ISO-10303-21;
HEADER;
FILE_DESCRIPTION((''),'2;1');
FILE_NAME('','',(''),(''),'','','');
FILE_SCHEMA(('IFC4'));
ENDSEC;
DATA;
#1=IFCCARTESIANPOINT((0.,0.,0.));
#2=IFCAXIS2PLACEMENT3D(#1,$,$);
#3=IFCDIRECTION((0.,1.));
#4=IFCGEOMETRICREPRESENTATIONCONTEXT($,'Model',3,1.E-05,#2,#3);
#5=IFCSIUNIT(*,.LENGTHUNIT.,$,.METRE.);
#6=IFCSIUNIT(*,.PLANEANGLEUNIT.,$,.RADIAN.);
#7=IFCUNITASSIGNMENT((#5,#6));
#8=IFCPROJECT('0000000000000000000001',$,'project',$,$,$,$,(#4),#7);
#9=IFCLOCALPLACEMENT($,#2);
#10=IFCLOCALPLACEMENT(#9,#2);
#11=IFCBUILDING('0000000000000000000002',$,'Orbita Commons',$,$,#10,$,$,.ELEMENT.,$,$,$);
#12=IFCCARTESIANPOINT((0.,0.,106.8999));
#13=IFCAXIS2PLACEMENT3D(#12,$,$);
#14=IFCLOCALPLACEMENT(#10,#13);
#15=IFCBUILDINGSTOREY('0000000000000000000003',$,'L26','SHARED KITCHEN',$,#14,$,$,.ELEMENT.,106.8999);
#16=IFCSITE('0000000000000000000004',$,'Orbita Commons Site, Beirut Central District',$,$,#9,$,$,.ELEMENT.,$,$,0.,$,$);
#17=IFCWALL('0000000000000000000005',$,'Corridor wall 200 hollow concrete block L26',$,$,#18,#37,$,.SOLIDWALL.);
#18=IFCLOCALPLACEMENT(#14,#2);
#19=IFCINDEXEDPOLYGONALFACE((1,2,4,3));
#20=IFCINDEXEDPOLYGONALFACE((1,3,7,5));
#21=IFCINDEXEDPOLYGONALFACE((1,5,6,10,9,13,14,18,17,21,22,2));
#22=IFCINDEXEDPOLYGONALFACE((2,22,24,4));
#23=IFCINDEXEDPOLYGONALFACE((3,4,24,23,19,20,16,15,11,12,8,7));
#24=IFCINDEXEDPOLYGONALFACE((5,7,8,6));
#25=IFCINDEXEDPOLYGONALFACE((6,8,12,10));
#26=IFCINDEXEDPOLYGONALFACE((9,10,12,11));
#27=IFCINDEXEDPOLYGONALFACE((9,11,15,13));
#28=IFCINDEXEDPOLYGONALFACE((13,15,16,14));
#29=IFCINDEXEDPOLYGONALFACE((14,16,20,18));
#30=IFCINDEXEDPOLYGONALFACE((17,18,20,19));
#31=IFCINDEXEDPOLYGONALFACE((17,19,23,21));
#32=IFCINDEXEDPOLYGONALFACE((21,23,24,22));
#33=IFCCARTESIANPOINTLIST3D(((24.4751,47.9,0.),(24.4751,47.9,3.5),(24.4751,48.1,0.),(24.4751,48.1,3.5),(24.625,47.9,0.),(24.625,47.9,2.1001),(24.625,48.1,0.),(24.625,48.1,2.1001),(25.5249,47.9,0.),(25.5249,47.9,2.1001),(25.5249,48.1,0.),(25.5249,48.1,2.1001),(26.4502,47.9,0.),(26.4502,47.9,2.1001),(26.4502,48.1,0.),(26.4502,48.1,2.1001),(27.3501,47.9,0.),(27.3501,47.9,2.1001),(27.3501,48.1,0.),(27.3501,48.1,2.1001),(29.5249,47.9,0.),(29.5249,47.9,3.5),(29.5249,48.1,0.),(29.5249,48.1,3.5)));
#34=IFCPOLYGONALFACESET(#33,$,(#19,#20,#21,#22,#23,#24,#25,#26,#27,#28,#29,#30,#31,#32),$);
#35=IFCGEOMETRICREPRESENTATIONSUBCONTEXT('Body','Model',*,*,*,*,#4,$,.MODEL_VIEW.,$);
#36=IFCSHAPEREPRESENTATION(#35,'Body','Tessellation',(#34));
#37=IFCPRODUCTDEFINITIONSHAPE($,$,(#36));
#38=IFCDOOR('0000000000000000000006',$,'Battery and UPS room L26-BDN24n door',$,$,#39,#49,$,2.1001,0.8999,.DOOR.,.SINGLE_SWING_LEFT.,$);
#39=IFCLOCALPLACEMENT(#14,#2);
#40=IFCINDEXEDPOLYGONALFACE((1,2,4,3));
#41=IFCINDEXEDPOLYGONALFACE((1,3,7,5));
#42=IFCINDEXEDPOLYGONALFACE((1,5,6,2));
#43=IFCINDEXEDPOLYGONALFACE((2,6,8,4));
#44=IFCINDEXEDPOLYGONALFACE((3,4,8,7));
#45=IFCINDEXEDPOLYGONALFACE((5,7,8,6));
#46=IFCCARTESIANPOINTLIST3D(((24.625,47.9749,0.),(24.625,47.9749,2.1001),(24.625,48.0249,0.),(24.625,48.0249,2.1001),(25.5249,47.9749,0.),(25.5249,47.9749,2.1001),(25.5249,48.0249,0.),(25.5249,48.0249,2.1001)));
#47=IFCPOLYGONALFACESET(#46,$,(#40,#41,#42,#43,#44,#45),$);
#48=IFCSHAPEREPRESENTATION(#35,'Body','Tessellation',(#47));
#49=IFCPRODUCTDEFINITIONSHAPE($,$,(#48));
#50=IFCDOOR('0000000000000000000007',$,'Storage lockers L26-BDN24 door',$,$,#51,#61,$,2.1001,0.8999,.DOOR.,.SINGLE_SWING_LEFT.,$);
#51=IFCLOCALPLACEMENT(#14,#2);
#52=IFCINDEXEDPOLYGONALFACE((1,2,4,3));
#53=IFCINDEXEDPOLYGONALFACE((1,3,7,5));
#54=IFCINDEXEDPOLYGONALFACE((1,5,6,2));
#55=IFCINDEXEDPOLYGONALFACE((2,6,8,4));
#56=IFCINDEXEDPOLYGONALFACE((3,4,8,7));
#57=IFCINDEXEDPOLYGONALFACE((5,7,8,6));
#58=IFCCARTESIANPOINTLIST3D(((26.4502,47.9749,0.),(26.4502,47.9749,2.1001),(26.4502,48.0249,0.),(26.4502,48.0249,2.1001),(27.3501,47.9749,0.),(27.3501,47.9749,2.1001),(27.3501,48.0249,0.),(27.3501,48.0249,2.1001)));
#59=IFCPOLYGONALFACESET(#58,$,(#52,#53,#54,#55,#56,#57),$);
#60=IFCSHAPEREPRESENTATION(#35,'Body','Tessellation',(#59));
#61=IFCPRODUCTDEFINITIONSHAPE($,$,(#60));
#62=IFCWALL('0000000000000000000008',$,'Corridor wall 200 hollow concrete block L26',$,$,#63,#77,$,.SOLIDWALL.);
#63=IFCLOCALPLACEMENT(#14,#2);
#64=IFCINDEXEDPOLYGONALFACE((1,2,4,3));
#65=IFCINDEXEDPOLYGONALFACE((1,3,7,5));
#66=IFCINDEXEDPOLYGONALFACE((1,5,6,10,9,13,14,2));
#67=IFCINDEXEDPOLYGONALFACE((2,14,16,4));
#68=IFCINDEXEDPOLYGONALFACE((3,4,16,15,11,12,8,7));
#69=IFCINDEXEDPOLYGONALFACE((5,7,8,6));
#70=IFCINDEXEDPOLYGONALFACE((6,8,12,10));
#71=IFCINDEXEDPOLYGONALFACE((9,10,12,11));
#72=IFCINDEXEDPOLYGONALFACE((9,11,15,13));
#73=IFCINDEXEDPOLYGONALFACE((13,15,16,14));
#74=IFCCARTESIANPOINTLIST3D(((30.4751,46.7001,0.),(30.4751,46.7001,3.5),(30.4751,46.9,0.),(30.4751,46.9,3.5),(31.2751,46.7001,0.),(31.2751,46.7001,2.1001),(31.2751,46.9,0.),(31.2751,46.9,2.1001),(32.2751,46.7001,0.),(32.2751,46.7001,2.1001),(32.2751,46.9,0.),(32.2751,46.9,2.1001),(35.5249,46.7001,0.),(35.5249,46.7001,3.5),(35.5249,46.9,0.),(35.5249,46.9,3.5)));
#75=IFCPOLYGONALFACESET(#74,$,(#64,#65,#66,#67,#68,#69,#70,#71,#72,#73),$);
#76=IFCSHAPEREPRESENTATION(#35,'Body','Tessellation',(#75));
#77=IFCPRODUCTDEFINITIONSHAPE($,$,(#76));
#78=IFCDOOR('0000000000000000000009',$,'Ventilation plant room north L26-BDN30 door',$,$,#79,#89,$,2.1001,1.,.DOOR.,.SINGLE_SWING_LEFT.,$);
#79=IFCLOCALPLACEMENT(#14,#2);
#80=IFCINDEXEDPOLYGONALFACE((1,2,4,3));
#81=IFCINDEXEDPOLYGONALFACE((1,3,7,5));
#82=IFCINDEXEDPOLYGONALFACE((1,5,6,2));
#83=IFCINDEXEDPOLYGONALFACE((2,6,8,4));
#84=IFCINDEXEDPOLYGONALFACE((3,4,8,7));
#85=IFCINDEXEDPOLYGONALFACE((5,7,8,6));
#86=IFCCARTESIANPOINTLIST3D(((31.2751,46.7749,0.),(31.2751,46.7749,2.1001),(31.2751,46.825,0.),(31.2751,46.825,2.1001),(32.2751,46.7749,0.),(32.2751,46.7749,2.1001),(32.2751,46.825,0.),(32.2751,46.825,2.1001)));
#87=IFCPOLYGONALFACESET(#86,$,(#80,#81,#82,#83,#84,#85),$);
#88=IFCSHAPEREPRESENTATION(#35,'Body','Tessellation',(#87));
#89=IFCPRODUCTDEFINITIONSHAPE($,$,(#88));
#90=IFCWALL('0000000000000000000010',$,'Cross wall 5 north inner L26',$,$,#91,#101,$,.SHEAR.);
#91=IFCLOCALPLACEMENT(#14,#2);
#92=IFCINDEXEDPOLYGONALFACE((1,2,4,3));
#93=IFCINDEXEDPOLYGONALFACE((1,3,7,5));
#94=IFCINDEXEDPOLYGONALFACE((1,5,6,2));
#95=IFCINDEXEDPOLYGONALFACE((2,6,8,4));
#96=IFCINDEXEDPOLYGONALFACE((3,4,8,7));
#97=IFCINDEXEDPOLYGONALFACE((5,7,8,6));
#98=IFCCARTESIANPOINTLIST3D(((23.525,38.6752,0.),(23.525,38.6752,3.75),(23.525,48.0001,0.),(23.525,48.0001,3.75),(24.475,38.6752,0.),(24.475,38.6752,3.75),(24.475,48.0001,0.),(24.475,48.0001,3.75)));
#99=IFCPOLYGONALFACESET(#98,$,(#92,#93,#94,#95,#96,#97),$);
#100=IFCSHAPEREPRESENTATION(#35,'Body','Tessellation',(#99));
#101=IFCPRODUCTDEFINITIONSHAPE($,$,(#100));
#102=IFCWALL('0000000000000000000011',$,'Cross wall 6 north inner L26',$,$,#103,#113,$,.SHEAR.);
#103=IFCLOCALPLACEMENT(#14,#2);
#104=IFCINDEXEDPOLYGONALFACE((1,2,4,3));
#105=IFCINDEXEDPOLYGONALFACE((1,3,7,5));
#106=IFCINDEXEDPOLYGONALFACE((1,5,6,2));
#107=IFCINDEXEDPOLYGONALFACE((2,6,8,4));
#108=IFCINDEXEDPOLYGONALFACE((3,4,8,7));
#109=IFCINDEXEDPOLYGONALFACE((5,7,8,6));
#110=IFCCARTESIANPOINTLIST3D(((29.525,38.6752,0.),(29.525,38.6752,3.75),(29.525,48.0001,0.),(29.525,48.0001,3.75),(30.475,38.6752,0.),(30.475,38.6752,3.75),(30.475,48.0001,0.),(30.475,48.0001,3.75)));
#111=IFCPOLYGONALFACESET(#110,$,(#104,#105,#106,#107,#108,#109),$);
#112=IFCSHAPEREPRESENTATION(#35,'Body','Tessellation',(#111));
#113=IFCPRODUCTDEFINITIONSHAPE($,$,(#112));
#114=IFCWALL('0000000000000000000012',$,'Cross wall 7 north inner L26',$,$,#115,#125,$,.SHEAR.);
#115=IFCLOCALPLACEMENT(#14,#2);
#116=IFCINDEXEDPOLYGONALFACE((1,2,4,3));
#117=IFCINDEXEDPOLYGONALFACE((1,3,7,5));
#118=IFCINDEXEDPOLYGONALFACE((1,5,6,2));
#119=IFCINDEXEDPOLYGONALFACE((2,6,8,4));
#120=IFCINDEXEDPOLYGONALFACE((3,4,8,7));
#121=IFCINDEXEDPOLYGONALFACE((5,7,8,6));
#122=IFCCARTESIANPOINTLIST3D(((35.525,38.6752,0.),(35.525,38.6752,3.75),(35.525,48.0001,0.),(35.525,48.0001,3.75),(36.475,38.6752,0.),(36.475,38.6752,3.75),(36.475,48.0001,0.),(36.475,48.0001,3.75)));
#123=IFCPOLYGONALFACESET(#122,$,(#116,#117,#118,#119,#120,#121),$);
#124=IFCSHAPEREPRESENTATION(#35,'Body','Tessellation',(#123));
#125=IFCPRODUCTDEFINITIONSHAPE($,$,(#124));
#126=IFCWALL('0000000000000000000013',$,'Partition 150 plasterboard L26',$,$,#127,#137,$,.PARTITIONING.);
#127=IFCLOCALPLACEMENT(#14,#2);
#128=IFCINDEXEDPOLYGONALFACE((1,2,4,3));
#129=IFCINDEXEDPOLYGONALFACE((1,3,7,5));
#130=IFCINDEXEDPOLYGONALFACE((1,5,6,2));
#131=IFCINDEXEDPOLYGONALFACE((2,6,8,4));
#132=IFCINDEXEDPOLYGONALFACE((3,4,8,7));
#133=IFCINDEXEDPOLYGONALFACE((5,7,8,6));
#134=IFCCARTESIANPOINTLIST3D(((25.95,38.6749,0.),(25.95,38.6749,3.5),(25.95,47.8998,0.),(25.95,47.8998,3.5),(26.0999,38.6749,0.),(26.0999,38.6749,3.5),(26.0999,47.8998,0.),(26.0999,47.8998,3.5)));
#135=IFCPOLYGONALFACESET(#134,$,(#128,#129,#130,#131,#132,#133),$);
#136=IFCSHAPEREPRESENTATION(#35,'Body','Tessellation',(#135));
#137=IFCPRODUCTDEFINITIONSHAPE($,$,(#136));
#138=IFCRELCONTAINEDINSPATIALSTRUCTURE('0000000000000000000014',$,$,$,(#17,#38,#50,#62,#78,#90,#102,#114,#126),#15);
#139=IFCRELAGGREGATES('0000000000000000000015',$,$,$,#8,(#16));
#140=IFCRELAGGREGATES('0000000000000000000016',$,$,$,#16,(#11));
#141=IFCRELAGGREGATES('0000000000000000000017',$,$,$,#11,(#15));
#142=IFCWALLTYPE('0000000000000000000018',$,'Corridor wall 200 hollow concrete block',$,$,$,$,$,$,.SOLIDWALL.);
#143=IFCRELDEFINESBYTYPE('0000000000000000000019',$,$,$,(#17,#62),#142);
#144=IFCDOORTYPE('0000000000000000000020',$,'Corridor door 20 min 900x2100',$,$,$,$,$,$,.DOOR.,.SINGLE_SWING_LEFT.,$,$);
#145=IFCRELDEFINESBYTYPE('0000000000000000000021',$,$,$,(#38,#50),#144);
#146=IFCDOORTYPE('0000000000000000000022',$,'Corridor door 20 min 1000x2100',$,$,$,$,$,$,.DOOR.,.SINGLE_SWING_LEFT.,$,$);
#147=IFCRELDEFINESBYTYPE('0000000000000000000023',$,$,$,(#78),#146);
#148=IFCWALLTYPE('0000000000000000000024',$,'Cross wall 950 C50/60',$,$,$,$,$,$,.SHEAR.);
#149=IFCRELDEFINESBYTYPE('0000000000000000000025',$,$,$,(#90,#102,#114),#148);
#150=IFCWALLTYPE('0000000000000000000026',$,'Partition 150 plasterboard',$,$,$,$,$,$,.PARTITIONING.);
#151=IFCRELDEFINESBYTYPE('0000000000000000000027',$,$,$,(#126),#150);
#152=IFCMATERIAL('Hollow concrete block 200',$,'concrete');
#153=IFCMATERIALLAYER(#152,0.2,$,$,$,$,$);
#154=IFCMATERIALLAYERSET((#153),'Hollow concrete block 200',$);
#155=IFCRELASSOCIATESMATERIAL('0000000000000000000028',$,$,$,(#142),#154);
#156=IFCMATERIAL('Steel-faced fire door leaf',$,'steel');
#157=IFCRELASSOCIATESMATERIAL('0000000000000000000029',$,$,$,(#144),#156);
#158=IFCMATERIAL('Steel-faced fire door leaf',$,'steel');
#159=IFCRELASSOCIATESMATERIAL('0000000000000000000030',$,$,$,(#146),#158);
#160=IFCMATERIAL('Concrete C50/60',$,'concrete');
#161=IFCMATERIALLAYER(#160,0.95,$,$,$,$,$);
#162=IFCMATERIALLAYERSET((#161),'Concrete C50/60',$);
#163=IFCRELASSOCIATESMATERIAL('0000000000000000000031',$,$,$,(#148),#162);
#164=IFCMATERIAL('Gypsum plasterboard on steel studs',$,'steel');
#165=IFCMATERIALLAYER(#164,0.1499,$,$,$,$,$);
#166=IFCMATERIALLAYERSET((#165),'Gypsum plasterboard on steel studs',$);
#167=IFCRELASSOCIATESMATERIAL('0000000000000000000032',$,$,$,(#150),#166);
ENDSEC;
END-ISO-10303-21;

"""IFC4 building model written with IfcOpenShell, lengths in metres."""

from ifc_helpers import new_model, si_unit, direction, frame, frame_2d, origin, place, context, subcontext, project, spatial, rectangle, extrude, material, layer, layer_set, type_object, element, fill, save


model = new_model("IFC4")

# Units and contexts
model_context = context("Model", 3, precision=1e-05, world=origin(), true_north=direction((0.0, 1.0)))
body_context = subcontext(model_context, "Body", "Model", "MODEL_VIEW")
ifc_project = project(units=[si_unit("LENGTHUNIT", "METRE"), si_unit("PLANEANGLEUNIT", "RADIAN")], contexts=[model_context])

# Site, building, storey
site_placement = place(None, origin())
site = spatial("IfcSite", under=ifc_project, at=site_placement, Name="Orbita Commons Site, Beirut Central District", CompositionType="ELEMENT", RefElevation=0.0)
building_placement = place(site_placement, origin())
building = spatial("IfcBuilding", under=site, at=building_placement, Name="Orbita Commons", CompositionType="ELEMENT")
storey_placement = place(building_placement, frame((0.0, 0.0, 106.8999)))
storey = spatial("IfcBuildingStorey", under=building, at=storey_placement, Name="L26", Description="SHARED KITCHEN", CompositionType="ELEMENT", Elevation=106.8999)

# Wall, openings, doors
ifc_material_1 = material(Name="Hollow concrete block 200", Category="concrete")
ifc_layer_1 = layer(ifc_material_1, 0.2)
ifc_layer_set_1 = layer_set([ifc_layer_1], Name="Hollow concrete block 200")
wall_type_1 = type_object("IfcWallType", Name="Corridor wall 200 hollow concrete block", PredefinedType="SOLIDWALL", material=ifc_layer_set_1)
wall_1_placement = place(storey_placement, frame((24.4751, 48.0, 0.0), z_axis=(0.0, 0.0, 1.0), x_axis=(1.0, 0.0, 0.0)))
wall_1 = element("IfcWall", 1, at=wall_1_placement, inside=storey, type_object=wall_type_1, Name="Corridor wall 200 hollow concrete block L26", PredefinedType="SOLIDWALL", context=body_context, shape_type="SweptSolid", body=[
    extrude(rectangle(XDim=5.0498, YDim=0.2, at=frame_2d((2.5249, 0.0))), origin(), (0.0, 0.0, 1.0), 3.5),
])
opening_1_placement = place(wall_1_placement, frame((0.1499, 0.0, 0.0)))
opening_1 = element("IfcOpeningElement", 2, at=opening_1_placement, cuts=wall_1, PredefinedType="OPENING", context=body_context, shape_type="SweptSolid", body=[
    extrude(rectangle(XDim=0.8999, YDim=2.1001, at=frame_2d((0.45, 1.05))), frame((0.0, 0.1099, 0.0), z_axis=(0.0, -1.0, 0.0), x_axis=(1.0, 0.0, 0.0)), (0.0, 0.0, 1.0), 0.22),
])
opening_2_placement = place(wall_1_placement, frame((1.9751, 0.0, 0.0)))
opening_2 = element("IfcOpeningElement", 3, at=opening_2_placement, cuts=wall_1, PredefinedType="OPENING", context=body_context, shape_type="SweptSolid", body=[
    extrude(rectangle(XDim=0.8999, YDim=2.1001, at=frame_2d((0.45, 1.05))), frame((0.0, 0.1099, 0.0), z_axis=(0.0, -1.0, 0.0), x_axis=(1.0, 0.0, 0.0)), (0.0, 0.0, 1.0), 0.22),
])
ifc_material_2 = material(Name="Steel-faced fire door leaf", Category="steel")
door_type_1 = type_object("IfcDoorType", Name="Corridor door 20 min 900x2100", OperationType="SINGLE_SWING_LEFT", PredefinedType="DOOR", material=ifc_material_2)
door_1_placement = place(opening_1_placement, origin())
door_1 = element("IfcDoor", 4, at=door_1_placement, inside=storey, type_object=door_type_1, Name="Battery and UPS room L26-BDN24n door", OperationType="SINGLE_SWING_LEFT", OverallHeight=2.1001, OverallWidth=0.8999, PredefinedType="DOOR", context=body_context, shape_type="SweptSolid", body=[
    extrude(rectangle(XDim=0.8999, YDim=2.1001, at=frame_2d((0.45, 1.05))), frame((0.0, 0.0249, 0.0), z_axis=(0.0, -1.0, 0.0), x_axis=(1.0, 0.0, 0.0)), (0.0, 0.0, 1.0), 0.05),
])
fill(opening_1, door_1)
door_2_placement = place(opening_2_placement, origin())
door_2 = element("IfcDoor", 5, at=door_2_placement, inside=storey, type_object=door_type_1, Name="Storage lockers L26-BDN24 door", OperationType="SINGLE_SWING_LEFT", OverallHeight=2.1001, OverallWidth=0.8999, PredefinedType="DOOR", context=body_context, shape_type="SweptSolid", body=[
    extrude(rectangle(XDim=0.8999, YDim=2.1001, at=frame_2d((0.45, 1.05))), frame((0.0, 0.0249, 0.0), z_axis=(0.0, -1.0, 0.0), x_axis=(1.0, 0.0, 0.0)), (0.0, 0.0, 1.0), 0.05),
])
fill(opening_2, door_2)

# Wall, opening, door
wall_2_placement = place(storey_placement, frame((30.4751, 46.8, 0.0), z_axis=(0.0, 0.0, 1.0), x_axis=(1.0, 0.0, 0.0)))
wall_2 = element("IfcWall", 6, at=wall_2_placement, inside=storey, type_object=wall_type_1, Name="Corridor wall 200 hollow concrete block L26", PredefinedType="SOLIDWALL", context=body_context, shape_type="SweptSolid", body=[
    extrude(rectangle(XDim=5.0498, YDim=0.2, at=frame_2d((2.5249, 0.0))), origin(), (0.0, 0.0, 1.0), 3.5),
])
opening_3_placement = place(wall_2_placement, frame((0.8, 0.0, 0.0)))
opening_3 = element("IfcOpeningElement", 7, at=opening_3_placement, cuts=wall_2, PredefinedType="OPENING", context=body_context, shape_type="SweptSolid", body=[
    extrude(rectangle(XDim=1.0, YDim=2.1001, at=frame_2d((0.5, 1.05))), frame((0.0, 0.1099, 0.0), z_axis=(0.0, -1.0, 0.0), x_axis=(1.0, 0.0, 0.0)), (0.0, 0.0, 1.0), 0.22),
])
ifc_material_3 = material(Name="Steel-faced fire door leaf", Category="steel")
door_type_2 = type_object("IfcDoorType", Name="Corridor door 20 min 1000x2100", OperationType="SINGLE_SWING_LEFT", PredefinedType="DOOR", material=ifc_material_3)
door_3_placement = place(opening_3_placement, origin())
door_3 = element("IfcDoor", 8, at=door_3_placement, inside=storey, type_object=door_type_2, Name="Ventilation plant room north L26-BDN30 door", OperationType="SINGLE_SWING_LEFT", OverallHeight=2.1001, OverallWidth=1.0, PredefinedType="DOOR", context=body_context, shape_type="SweptSolid", body=[
    extrude(rectangle(XDim=1.0, YDim=2.1001, at=frame_2d((0.5, 1.05))), frame((0.0, 0.0249, 0.0), z_axis=(0.0, -1.0, 0.0), x_axis=(1.0, 0.0, 0.0)), (0.0, 0.0, 1.0), 0.05),
])
fill(opening_3, door_3)

# Walls
ifc_material_4 = material(Name="Concrete C50/60", Category="concrete")
ifc_layer_2 = layer(ifc_material_4, 0.95)
ifc_layer_set_2 = layer_set([ifc_layer_2], Name="Concrete C50/60")
wall_type_2 = type_object("IfcWallType", Name="Cross wall 950 C50/60", PredefinedType="SHEAR", material=ifc_layer_set_2)
for number, where, z_axis, x_axis, name in (
    (9, (24.0, 38.675, 0.0), (0.0, 0.0, 1.0), (0.0, 1.0, 0.0), "Cross wall 5 north inner L26"),
    (10, (30.0, 38.675, 0.0), (0.0, 0.0, 1.0), (0.0, 1.0, 0.0), "Cross wall 6 north inner L26"),
    (11, (36.0, 38.675, 0.0), (0.0, 0.0, 1.0), (0.0, 1.0, 0.0), "Cross wall 7 north inner L26"),
):
    element("IfcWall", number, at=place(storey_placement, frame(where, z_axis=z_axis, x_axis=x_axis)), inside=storey, type_object=wall_type_2, Name=name, PredefinedType="SHEAR", context=body_context, shape_type="SweptSolid", body=[
        extrude(rectangle(XDim=9.325, YDim=0.95, at=frame_2d((4.6626, 0.0))), origin(), (0.0, 0.0, 1.0), 3.75),
    ])
ifc_material_5 = material(Name="Gypsum plasterboard on steel studs", Category="steel")
ifc_layer_3 = layer(ifc_material_5, 0.1499)
ifc_layer_set_3 = layer_set([ifc_layer_3], Name="Gypsum plasterboard on steel studs")
wall_type_3 = type_object("IfcWallType", Name="Partition 150 plasterboard", PredefinedType="PARTITIONING", material=ifc_layer_set_3)
wall_3_placement = place(storey_placement, frame((26.0249, 38.675, 0.0), z_axis=(0.0, 0.0, 1.0), x_axis=(0.0, 1.0, 0.0)))
element("IfcWall", 12, at=wall_3_placement, inside=storey, type_object=wall_type_3, Name="Partition 150 plasterboard L26", PredefinedType="PARTITIONING", context=body_context, shape_type="SweptSolid", body=[
    extrude(rectangle(XDim=9.2249, YDim=0.1499, at=frame_2d((4.6123, 0.0))), origin(), (0.0, 0.0, 1.0), 3.5),
])

save(model, "model.ifc")
